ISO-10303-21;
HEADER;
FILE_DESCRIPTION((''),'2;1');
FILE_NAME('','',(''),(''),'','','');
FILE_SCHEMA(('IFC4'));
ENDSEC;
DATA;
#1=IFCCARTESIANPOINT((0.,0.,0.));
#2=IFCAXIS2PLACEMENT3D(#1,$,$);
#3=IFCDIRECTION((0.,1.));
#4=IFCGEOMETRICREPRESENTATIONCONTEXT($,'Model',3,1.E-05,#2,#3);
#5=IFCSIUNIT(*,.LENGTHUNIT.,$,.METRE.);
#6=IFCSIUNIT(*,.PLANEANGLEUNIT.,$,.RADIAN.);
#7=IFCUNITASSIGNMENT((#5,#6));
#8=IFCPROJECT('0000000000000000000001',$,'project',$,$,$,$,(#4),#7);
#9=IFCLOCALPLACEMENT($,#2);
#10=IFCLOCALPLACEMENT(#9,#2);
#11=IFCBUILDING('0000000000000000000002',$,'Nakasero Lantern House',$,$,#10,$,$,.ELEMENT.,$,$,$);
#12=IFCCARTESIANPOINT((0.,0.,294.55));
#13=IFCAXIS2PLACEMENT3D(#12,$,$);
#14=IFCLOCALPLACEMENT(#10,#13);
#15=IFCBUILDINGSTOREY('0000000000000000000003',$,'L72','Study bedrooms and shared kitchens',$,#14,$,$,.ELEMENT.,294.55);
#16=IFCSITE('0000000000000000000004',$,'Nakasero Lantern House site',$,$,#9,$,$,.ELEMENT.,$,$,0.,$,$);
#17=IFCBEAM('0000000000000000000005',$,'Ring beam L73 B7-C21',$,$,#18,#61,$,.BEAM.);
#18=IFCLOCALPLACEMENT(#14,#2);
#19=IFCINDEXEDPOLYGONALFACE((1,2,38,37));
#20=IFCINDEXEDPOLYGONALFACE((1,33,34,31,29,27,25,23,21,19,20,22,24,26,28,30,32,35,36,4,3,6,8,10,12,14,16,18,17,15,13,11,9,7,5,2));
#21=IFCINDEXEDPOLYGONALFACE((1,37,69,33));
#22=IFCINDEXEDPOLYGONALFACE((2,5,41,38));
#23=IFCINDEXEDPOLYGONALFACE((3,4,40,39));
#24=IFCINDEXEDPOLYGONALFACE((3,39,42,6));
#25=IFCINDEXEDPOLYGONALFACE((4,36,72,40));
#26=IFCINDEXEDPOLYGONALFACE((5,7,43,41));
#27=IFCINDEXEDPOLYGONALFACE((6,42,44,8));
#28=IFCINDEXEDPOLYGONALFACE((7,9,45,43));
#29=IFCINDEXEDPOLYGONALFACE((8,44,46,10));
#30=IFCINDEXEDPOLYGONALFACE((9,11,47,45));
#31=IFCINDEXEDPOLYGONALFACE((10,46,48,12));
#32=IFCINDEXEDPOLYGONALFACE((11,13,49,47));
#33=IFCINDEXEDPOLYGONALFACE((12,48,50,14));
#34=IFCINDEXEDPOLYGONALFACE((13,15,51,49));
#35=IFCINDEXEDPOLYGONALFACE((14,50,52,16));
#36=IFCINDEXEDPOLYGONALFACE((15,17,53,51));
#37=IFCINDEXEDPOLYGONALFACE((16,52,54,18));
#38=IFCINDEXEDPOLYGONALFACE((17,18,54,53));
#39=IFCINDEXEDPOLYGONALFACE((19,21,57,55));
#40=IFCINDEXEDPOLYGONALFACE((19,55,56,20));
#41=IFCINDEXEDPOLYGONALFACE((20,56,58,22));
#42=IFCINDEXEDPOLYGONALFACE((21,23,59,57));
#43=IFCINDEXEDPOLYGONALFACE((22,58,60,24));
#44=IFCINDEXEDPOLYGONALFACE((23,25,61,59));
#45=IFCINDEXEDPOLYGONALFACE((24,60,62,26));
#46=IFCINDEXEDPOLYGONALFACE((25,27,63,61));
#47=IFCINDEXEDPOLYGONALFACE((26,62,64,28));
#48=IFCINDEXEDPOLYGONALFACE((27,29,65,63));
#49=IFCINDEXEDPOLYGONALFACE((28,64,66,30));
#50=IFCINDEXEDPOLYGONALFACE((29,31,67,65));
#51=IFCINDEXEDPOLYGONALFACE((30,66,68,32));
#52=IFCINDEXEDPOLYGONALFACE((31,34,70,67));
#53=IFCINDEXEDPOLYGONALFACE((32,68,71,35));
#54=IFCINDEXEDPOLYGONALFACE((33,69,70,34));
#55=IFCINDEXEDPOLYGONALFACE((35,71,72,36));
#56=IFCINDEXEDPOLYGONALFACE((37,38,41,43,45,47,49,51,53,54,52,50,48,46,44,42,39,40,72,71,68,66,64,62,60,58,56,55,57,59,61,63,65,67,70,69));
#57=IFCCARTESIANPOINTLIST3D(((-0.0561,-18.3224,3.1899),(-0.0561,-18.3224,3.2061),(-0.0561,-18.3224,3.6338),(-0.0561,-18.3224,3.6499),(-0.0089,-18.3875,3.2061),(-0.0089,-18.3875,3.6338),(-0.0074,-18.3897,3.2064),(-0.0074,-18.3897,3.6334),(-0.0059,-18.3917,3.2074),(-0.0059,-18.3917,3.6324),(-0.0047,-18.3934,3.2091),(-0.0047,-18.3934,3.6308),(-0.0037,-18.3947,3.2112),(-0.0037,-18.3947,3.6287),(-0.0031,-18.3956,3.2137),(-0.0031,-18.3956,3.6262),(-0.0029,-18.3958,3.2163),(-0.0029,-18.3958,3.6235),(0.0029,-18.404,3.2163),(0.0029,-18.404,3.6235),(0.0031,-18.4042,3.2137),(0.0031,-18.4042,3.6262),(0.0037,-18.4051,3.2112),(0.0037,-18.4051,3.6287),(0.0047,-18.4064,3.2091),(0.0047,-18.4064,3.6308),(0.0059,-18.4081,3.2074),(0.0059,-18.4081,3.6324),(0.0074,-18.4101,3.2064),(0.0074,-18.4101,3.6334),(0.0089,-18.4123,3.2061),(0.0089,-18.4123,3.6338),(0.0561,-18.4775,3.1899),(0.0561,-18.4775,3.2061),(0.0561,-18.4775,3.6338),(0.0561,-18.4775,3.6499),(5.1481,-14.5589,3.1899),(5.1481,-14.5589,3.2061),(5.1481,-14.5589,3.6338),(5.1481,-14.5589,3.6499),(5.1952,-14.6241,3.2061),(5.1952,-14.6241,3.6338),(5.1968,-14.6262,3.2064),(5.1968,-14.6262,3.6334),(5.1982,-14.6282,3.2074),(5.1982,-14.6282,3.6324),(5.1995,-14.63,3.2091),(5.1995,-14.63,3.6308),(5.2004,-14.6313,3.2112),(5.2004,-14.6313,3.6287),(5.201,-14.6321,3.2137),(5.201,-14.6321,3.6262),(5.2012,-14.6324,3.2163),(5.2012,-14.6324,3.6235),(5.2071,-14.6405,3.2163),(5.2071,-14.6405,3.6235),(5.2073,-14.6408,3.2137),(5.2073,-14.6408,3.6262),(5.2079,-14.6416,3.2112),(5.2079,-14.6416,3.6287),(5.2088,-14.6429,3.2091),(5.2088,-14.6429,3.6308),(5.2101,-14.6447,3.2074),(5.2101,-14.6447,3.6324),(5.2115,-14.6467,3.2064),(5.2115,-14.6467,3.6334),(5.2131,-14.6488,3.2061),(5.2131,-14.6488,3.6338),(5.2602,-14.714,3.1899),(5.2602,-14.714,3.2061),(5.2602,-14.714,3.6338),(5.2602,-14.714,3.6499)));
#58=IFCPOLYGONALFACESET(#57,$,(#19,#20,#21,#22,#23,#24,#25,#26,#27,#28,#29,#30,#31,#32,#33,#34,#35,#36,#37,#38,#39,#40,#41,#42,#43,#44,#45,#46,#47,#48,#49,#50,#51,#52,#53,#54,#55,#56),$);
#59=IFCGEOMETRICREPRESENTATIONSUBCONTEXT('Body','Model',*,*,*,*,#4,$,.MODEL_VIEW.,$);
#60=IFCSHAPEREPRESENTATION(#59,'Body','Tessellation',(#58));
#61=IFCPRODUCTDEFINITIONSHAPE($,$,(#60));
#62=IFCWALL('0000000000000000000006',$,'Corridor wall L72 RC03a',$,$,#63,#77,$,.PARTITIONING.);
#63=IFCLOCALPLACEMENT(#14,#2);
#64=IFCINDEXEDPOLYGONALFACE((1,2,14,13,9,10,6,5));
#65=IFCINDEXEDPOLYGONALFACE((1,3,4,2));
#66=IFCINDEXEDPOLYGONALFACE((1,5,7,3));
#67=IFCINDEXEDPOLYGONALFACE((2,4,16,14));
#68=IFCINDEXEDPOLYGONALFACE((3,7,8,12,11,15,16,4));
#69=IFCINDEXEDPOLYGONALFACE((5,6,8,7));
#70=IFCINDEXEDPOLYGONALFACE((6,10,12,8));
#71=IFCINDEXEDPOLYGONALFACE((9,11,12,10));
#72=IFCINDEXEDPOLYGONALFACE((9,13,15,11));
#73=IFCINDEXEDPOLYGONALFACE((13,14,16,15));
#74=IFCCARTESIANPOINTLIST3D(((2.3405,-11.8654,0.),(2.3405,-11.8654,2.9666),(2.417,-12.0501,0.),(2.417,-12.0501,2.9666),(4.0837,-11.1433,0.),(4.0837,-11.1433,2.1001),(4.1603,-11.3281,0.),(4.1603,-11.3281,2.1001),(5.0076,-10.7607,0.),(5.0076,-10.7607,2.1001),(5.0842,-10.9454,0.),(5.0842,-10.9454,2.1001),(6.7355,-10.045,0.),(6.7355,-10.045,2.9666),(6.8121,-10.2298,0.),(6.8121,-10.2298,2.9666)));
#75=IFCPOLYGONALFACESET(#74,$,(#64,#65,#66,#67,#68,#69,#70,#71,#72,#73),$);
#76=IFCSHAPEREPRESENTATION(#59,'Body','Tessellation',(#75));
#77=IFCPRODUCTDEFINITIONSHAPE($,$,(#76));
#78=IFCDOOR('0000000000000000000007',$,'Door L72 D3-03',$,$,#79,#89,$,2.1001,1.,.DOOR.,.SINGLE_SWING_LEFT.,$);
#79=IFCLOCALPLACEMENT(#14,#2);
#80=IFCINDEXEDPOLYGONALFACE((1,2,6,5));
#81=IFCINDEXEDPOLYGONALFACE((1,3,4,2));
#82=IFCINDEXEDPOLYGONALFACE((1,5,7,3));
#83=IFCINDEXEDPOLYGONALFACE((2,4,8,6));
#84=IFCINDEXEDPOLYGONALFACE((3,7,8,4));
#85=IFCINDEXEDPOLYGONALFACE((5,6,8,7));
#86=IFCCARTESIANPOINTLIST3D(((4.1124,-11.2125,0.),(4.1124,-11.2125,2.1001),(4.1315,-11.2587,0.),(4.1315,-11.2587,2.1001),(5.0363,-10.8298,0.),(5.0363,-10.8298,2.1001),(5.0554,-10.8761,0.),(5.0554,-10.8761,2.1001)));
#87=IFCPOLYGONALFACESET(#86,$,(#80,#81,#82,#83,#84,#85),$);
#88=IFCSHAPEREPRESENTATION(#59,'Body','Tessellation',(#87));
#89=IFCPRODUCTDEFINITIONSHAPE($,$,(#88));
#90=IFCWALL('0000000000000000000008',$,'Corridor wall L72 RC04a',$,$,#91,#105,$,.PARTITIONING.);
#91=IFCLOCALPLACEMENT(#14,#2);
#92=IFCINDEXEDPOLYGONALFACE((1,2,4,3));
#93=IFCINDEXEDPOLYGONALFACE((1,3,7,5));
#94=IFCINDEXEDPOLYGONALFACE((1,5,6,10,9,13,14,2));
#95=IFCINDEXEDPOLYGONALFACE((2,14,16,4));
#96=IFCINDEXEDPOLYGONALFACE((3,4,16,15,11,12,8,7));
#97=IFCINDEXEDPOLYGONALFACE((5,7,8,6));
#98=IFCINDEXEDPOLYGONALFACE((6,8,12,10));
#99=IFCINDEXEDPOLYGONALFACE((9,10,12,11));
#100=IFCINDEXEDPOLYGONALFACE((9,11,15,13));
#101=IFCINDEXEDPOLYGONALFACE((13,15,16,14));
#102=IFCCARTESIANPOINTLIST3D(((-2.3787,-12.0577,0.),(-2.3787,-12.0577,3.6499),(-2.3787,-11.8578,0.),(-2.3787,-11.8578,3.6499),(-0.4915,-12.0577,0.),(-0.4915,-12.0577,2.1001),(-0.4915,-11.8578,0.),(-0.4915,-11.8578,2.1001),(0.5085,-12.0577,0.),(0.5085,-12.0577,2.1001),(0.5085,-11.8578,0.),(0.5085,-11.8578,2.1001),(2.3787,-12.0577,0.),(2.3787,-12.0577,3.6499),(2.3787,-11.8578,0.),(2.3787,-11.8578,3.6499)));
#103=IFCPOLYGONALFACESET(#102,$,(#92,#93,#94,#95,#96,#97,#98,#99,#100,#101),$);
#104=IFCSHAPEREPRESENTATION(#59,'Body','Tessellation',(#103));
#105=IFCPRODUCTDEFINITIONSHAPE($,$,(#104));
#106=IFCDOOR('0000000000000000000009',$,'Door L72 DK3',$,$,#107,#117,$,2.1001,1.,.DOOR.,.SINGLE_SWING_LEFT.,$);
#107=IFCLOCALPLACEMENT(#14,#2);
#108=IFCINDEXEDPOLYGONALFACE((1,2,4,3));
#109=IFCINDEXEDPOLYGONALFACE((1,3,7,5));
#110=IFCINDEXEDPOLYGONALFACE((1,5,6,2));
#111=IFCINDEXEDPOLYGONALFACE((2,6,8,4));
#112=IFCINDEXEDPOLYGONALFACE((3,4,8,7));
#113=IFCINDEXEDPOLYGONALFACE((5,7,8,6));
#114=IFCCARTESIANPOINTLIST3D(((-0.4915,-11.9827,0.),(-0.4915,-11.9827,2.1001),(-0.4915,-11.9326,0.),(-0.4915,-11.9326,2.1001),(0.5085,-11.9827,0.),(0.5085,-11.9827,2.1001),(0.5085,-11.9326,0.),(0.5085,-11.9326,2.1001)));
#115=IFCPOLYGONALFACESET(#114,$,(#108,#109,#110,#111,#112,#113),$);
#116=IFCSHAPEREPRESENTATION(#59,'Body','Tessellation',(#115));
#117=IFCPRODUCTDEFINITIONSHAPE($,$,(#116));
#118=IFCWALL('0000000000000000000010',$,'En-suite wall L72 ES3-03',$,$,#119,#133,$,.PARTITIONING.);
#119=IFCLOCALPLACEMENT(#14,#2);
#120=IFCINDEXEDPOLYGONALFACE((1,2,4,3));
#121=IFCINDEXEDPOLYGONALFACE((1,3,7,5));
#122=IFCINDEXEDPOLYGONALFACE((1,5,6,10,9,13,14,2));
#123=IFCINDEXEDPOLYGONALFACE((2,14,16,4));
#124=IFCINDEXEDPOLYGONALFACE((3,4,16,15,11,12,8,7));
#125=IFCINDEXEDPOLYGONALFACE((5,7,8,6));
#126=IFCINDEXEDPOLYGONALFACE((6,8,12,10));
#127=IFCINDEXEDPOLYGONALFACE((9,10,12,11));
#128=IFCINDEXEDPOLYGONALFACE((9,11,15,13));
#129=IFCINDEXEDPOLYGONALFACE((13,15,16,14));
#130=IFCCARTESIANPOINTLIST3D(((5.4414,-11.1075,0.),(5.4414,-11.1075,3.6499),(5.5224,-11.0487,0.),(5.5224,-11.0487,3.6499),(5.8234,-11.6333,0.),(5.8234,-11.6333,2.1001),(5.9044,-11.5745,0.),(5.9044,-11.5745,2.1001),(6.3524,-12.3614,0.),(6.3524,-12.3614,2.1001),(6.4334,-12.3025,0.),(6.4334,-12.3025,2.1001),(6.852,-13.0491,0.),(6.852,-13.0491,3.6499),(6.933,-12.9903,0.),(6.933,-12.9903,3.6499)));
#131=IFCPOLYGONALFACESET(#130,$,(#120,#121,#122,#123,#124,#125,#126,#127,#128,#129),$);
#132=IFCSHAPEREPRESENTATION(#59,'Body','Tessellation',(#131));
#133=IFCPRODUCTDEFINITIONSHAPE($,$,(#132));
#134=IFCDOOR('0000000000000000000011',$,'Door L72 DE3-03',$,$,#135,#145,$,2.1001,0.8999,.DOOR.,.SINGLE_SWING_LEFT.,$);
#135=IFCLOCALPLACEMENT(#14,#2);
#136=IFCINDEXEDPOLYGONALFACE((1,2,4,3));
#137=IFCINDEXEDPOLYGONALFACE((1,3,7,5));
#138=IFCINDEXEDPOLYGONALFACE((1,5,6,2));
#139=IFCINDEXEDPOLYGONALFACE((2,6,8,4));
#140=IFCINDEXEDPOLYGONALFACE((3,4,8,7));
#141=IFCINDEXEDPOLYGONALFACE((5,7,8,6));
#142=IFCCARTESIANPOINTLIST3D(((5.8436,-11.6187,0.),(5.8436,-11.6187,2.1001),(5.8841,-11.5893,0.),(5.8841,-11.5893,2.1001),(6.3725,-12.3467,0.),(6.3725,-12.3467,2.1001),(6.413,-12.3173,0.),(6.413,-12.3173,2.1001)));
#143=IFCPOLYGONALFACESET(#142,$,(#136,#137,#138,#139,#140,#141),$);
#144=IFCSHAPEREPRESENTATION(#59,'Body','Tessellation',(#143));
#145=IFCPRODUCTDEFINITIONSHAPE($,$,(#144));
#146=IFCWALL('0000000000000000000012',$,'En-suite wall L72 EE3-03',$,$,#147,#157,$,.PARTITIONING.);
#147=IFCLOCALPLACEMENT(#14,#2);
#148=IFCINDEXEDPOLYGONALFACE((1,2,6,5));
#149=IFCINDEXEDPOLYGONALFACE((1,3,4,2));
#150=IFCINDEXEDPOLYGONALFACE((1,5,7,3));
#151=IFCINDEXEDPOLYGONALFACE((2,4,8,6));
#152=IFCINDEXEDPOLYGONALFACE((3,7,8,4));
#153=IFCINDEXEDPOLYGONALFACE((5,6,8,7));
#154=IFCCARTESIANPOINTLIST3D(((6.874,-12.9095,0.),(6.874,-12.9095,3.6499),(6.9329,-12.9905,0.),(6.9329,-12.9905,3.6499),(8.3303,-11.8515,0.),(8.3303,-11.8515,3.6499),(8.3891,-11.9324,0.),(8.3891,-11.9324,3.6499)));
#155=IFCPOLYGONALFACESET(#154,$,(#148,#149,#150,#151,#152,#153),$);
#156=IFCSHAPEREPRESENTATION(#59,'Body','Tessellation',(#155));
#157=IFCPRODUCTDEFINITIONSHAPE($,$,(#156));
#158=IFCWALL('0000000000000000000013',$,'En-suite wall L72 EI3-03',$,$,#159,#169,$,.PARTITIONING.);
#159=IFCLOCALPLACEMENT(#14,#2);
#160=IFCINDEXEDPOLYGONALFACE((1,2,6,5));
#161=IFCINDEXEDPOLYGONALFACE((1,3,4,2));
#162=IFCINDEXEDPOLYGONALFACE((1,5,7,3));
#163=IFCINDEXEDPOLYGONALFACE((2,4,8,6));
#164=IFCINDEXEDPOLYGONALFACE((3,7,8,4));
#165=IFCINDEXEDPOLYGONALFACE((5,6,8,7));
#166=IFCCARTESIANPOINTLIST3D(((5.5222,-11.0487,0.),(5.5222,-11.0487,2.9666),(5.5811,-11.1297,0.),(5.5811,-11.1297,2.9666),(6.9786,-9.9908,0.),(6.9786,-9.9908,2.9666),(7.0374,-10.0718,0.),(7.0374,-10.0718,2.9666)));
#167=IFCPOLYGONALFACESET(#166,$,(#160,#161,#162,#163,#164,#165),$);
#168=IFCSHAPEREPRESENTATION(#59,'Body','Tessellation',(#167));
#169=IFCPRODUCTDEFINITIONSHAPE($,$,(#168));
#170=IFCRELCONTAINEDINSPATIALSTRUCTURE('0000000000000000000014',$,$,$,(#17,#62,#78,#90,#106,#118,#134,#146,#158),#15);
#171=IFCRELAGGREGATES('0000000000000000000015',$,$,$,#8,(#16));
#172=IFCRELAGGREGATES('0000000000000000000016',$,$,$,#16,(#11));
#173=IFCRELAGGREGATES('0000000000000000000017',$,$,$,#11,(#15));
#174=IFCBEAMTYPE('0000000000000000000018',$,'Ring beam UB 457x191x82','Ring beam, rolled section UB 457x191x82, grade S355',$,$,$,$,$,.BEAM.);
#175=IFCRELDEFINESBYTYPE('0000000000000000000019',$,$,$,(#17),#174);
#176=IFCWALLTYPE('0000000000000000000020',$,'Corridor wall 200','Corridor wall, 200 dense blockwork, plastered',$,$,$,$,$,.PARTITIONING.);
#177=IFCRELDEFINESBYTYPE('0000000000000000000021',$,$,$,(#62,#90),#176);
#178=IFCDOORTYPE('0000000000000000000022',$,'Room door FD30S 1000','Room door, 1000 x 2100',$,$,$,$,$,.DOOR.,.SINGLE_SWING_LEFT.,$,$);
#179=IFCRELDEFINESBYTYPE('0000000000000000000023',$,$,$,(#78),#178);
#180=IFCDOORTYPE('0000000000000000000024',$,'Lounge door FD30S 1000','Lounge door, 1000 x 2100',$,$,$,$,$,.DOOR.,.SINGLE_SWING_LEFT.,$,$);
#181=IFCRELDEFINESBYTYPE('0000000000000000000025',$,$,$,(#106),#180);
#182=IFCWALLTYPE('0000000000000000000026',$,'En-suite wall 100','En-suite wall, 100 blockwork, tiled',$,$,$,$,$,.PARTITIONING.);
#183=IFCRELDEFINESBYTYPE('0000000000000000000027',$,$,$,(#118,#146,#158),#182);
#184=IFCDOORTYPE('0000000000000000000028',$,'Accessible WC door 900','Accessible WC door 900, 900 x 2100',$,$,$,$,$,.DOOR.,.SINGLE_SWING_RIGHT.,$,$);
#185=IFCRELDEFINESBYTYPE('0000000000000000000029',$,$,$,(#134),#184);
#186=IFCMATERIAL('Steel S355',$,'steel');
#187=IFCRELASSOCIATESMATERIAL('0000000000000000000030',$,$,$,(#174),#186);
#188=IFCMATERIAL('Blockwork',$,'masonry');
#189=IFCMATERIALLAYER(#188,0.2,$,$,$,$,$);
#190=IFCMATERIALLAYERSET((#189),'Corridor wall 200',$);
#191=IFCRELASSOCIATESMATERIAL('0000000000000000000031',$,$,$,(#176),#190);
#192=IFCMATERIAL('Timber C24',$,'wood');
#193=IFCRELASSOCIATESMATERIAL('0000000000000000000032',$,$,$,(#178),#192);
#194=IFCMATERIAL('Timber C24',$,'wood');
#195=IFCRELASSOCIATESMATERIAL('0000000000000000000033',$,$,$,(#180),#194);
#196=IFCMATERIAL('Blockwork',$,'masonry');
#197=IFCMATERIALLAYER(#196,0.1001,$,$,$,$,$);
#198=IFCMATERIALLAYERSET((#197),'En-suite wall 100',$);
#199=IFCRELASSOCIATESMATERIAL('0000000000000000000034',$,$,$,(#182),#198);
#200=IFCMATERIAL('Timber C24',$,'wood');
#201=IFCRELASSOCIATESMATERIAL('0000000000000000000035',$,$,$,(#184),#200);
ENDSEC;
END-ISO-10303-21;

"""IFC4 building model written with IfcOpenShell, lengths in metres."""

from ifc_helpers import new_model, si_unit, direction, frame, frame_2d, origin, origin_2d, place, context, subcontext, project, spatial, rectangle, i_section, extrude, material, layer, layer_set, material_profile, profile_set, type_object, element, fill, save


model = new_model("IFC4")

# Units and contexts
model_context = context("Model", 3, precision=1e-05, world=origin(), true_north=direction((0.0, 1.0)))
body_context = subcontext(model_context, "Body", "Model", "MODEL_VIEW")
ifc_project = project(units=[si_unit("LENGTHUNIT", "METRE"), si_unit("PLANEANGLEUNIT", "RADIAN")], contexts=[model_context])

# Site, building, storey
site_placement = place(None, origin())
site = spatial("IfcSite", under=ifc_project, at=site_placement, Name="Nakasero Lantern House site", CompositionType="ELEMENT", RefElevation=0.0)
building_placement = place(site_placement, origin())
building = spatial("IfcBuilding", under=site, at=building_placement, Name="Nakasero Lantern House", CompositionType="ELEMENT")
storey_placement = place(building_placement, frame((0.0, 0.0, 294.55)))
storey = spatial("IfcBuildingStorey", under=building, at=storey_placement, Name="L72", Description="Study bedrooms and shared kitchens", CompositionType="ELEMENT", Elevation=294.55)

# Beam
ifc_material_1 = material(Name="Steel S355", Category="steel")
ifc_material_profile_1 = material_profile(ifc_material_1, i_section(OverallWidth=0.1914, OverallDepth=0.46, WebThickness=0.01, FlangeThickness=0.0161, FilletRadius=0.0103, at=origin_2d()), Name="UB 457x191x82")
ifc_profile_set_1 = profile_set([ifc_material_profile_1], Name="Steel S355")
beam_type_1 = type_object("IfcBeamType", Name="Ring beam UB 457x191x82", Description="Ring beam, rolled section UB 457x191x82, grade S355", PredefinedType="BEAM", material=ifc_profile_set_1)
beam_1_placement = place(storey_placement, frame((0.0, -18.3999, 3.4199), z_axis=(0.810316, 0.585993, 0.0), x_axis=(-0.585993, 0.810316, 0.0)))
element("IfcBeam", 1, at=beam_1_placement, inside=storey, type_object=beam_type_1, Name="Ring beam L73 B7-C21", PredefinedType="BEAM", context=body_context, shape_type="SweptSolid", body=[
    extrude(i_section(OverallWidth=0.1914, OverallDepth=0.46, WebThickness=0.01, FlangeThickness=0.0161, FilletRadius=0.0103, at=origin_2d()), origin(), (0.0, 0.0, 1.0), 6.4224),
])

# Walls, openings, doors
ifc_material_2 = material(Name="Blockwork", Category="masonry")
ifc_layer_1 = layer(ifc_material_2, 0.2)
ifc_layer_set_1 = layer_set([ifc_layer_1], Name="Corridor wall 200")
wall_type_1 = type_object("IfcWallType", Name="Corridor wall 200", Description="Corridor wall, 200 dense blockwork, plastered", PredefinedType="PARTITIONING", material=ifc_layer_set_1)
wall_1_placement = place(storey_placement, frame((6.7737, -10.1375, 0.0), z_axis=(0.0, 0.0, 1.0), x_axis=(-0.923892, -0.382654, 0.0)))
wall_1 = element("IfcWall", 2, at=wall_1_placement, inside=storey, type_object=wall_type_1, Name="Corridor wall L72 RC03a", PredefinedType="PARTITIONING", context=body_context, shape_type="SweptSolid", body=[
    extrude(rectangle(XDim=4.7571, YDim=0.2, at=frame_2d((2.3784, 0.0))), origin(), (0.0, 0.0, 1.0), 2.9666),
])
opening_1_placement = place(wall_1_placement, frame((1.8701, 0.0, 0.0)))
opening_1 = element("IfcOpeningElement", 3, at=opening_1_placement, cuts=wall_1, PredefinedType="OPENING", context=body_context, shape_type="SweptSolid", body=[
    extrude(rectangle(XDim=1.0, YDim=2.1001, at=frame_2d((0.5, 1.05))), frame((0.0, 0.1199, 0.0), z_axis=(0.0, -1.0, 0.0), x_axis=(1.0, 0.0, 0.0)), (0.0, 0.0, 1.0), 0.24),
])
ifc_material_3 = material(Name="Timber C24", Category="wood")
door_type_1 = type_object("IfcDoorType", Name="Room door FD30S 1000", Description="Room door, 1000 x 2100", OperationType="SINGLE_SWING_LEFT", PredefinedType="DOOR", material=ifc_material_3)
door_1_placement = place(opening_1_placement, origin())
door_1 = element("IfcDoor", 4, at=door_1_placement, inside=storey, type_object=door_type_1, Name="Door L72 D3-03", OperationType="SINGLE_SWING_LEFT", OverallHeight=2.1001, OverallWidth=1.0, PredefinedType="DOOR", context=body_context, shape_type="SweptSolid", body=[
    extrude(rectangle(XDim=1.0, YDim=2.1001, at=frame_2d((0.5, 1.05))), frame((0.0, 0.0249, 0.0), z_axis=(0.0, -1.0, 0.0), x_axis=(1.0, 0.0, 0.0)), (0.0, 0.0, 1.0), 0.05),
])
fill(opening_1, door_1)
wall_2_placement = place(storey_placement, frame((2.3787, -11.9578, 0.0), z_axis=(0.0, 0.0, 1.0), x_axis=(-1.0, 0.0, 0.0)))
wall_2 = element("IfcWall", 5, at=wall_2_placement, inside=storey, type_object=wall_type_1, Name="Corridor wall L72 RC04a", PredefinedType="PARTITIONING", context=body_context, shape_type="SweptSolid", body=[
    extrude(rectangle(XDim=4.7573, YDim=0.2, at=frame_2d((2.3787, 0.0))), origin(), (0.0, 0.0, 1.0), 3.6499),
])
opening_2_placement = place(wall_2_placement, frame((1.8701, 0.0, 0.0)))
opening_2 = element("IfcOpeningElement", 6, at=opening_2_placement, cuts=wall_2, PredefinedType="OPENING", context=body_context, shape_type="SweptSolid", body=[
    extrude(rectangle(XDim=1.0, YDim=2.1001, at=frame_2d((0.5, 1.05))), frame((0.0, 0.1199, 0.0), z_axis=(0.0, -1.0, 0.0), x_axis=(1.0, 0.0, 0.0)), (0.0, 0.0, 1.0), 0.24),
])
ifc_material_4 = material(Name="Timber C24", Category="wood")
door_type_2 = type_object("IfcDoorType", Name="Lounge door FD30S 1000", Description="Lounge door, 1000 x 2100", OperationType="SINGLE_SWING_LEFT", PredefinedType="DOOR", material=ifc_material_4)
door_2_placement = place(opening_2_placement, origin())
door_2 = element("IfcDoor", 7, at=door_2_placement, inside=storey, type_object=door_type_2, Name="Door L72 DK3", OperationType="SINGLE_SWING_LEFT", OverallHeight=2.1001, OverallWidth=1.0, PredefinedType="DOOR", context=body_context, shape_type="SweptSolid", body=[
    extrude(rectangle(XDim=1.0, YDim=2.1001, at=frame_2d((0.5, 1.05))), frame((0.0, 0.0249, 0.0), z_axis=(0.0, -1.0, 0.0), x_axis=(1.0, 0.0, 0.0)), (0.0, 0.0, 1.0), 0.05),
])
fill(opening_2, door_2)
ifc_material_5 = material(Name="Blockwork", Category="masonry")
ifc_layer_2 = layer(ifc_material_5, 0.1001)
ifc_layer_set_2 = layer_set([ifc_layer_2], Name="En-suite wall 100")
wall_type_2 = type_object("IfcWallType", Name="En-suite wall 100", Description="En-suite wall, 100 blockwork, tiled", PredefinedType="PARTITIONING", material=ifc_layer_set_2)
wall_3_placement = place(storey_placement, frame((5.4819, -11.0781, 0.0), z_axis=(0.0, 0.0, 1.0), x_axis=(0.587772, -0.809026, 0.0)))
wall_3 = element("IfcWall", 8, at=wall_3_placement, inside=storey, type_object=wall_type_2, Name="En-suite wall L72 ES3-03", PredefinedType="PARTITIONING", context=body_context, shape_type="SweptSolid", body=[
    extrude(rectangle(XDim=2.3999, YDim=0.1001, at=frame_2d((1.2, 0.0))), origin(), (0.0, 0.0, 1.0), 3.6499),
])
opening_3_placement = place(wall_3_placement, frame((0.6499, 0.0, 0.0)))
opening_3 = element("IfcOpeningElement", 9, at=opening_3_placement, cuts=wall_3, PredefinedType="OPENING", context=body_context, shape_type="SweptSolid", body=[
    extrude(rectangle(XDim=0.8999, YDim=2.1001, at=frame_2d((0.45, 1.05))), frame((0.0, 0.0701, 0.0), z_axis=(0.0, -1.0, 0.0), x_axis=(1.0, 0.0, 0.0)), (0.0, 0.0, 1.0), 0.1401),
])
ifc_material_6 = material(Name="Timber C24", Category="wood")
door_type_3 = type_object("IfcDoorType", Name="Accessible WC door 900", Description="Accessible WC door 900, 900 x 2100", OperationType="SINGLE_SWING_RIGHT", PredefinedType="DOOR", material=ifc_material_6)
door_3_placement = place(opening_3_placement, origin())
door_3 = element("IfcDoor", 10, at=door_3_placement, inside=storey, type_object=door_type_3, Name="Door L72 DE3-03", OperationType="SINGLE_SWING_LEFT", OverallHeight=2.1001, OverallWidth=0.8999, PredefinedType="DOOR", context=body_context, shape_type="SweptSolid", body=[
    extrude(rectangle(XDim=0.8999, YDim=2.1001, at=frame_2d((0.45, 1.05))), frame((0.0, 0.0249, 0.0), z_axis=(0.0, -1.0, 0.0), x_axis=(1.0, 0.0, 0.0)), (0.0, 0.0, 1.0), 0.05),
])
fill(opening_3, door_3)

# Walls
wall_4_placement = place(storey_placement, frame((6.9036, -12.95, 0.0), z_axis=(0.0, 0.0, 1.0), x_axis=(0.809006, 0.587801, 0.0)))
element("IfcWall", 11, at=wall_4_placement, inside=storey, type_object=wall_type_2, Name="En-suite wall L72 EE3-03", PredefinedType="PARTITIONING", context=body_context, shape_type="SweptSolid", body=[
    extrude(rectangle(XDim=1.8, YDim=0.1001, at=frame_2d((0.8999, 0.0))), origin(), (0.0, 0.0, 1.0), 3.6499),
])
wall_5_placement = place(storey_placement, frame((5.5518, -11.0891, 0.0), z_axis=(0.0, 0.0, 1.0), x_axis=(0.80907, 0.587712, 0.0)))
element("IfcWall", 12, at=wall_5_placement, inside=storey, type_object=wall_type_2, Name="En-suite wall L72 EI3-03", PredefinedType="PARTITIONING", context=body_context, shape_type="SweptSolid", body=[
    extrude(rectangle(XDim=1.8, YDim=0.1001, at=frame_2d((0.8999, 0.0))), origin(), (0.0, 0.0, 1.0), 2.9666),
])

save(model, "model.ifc")
